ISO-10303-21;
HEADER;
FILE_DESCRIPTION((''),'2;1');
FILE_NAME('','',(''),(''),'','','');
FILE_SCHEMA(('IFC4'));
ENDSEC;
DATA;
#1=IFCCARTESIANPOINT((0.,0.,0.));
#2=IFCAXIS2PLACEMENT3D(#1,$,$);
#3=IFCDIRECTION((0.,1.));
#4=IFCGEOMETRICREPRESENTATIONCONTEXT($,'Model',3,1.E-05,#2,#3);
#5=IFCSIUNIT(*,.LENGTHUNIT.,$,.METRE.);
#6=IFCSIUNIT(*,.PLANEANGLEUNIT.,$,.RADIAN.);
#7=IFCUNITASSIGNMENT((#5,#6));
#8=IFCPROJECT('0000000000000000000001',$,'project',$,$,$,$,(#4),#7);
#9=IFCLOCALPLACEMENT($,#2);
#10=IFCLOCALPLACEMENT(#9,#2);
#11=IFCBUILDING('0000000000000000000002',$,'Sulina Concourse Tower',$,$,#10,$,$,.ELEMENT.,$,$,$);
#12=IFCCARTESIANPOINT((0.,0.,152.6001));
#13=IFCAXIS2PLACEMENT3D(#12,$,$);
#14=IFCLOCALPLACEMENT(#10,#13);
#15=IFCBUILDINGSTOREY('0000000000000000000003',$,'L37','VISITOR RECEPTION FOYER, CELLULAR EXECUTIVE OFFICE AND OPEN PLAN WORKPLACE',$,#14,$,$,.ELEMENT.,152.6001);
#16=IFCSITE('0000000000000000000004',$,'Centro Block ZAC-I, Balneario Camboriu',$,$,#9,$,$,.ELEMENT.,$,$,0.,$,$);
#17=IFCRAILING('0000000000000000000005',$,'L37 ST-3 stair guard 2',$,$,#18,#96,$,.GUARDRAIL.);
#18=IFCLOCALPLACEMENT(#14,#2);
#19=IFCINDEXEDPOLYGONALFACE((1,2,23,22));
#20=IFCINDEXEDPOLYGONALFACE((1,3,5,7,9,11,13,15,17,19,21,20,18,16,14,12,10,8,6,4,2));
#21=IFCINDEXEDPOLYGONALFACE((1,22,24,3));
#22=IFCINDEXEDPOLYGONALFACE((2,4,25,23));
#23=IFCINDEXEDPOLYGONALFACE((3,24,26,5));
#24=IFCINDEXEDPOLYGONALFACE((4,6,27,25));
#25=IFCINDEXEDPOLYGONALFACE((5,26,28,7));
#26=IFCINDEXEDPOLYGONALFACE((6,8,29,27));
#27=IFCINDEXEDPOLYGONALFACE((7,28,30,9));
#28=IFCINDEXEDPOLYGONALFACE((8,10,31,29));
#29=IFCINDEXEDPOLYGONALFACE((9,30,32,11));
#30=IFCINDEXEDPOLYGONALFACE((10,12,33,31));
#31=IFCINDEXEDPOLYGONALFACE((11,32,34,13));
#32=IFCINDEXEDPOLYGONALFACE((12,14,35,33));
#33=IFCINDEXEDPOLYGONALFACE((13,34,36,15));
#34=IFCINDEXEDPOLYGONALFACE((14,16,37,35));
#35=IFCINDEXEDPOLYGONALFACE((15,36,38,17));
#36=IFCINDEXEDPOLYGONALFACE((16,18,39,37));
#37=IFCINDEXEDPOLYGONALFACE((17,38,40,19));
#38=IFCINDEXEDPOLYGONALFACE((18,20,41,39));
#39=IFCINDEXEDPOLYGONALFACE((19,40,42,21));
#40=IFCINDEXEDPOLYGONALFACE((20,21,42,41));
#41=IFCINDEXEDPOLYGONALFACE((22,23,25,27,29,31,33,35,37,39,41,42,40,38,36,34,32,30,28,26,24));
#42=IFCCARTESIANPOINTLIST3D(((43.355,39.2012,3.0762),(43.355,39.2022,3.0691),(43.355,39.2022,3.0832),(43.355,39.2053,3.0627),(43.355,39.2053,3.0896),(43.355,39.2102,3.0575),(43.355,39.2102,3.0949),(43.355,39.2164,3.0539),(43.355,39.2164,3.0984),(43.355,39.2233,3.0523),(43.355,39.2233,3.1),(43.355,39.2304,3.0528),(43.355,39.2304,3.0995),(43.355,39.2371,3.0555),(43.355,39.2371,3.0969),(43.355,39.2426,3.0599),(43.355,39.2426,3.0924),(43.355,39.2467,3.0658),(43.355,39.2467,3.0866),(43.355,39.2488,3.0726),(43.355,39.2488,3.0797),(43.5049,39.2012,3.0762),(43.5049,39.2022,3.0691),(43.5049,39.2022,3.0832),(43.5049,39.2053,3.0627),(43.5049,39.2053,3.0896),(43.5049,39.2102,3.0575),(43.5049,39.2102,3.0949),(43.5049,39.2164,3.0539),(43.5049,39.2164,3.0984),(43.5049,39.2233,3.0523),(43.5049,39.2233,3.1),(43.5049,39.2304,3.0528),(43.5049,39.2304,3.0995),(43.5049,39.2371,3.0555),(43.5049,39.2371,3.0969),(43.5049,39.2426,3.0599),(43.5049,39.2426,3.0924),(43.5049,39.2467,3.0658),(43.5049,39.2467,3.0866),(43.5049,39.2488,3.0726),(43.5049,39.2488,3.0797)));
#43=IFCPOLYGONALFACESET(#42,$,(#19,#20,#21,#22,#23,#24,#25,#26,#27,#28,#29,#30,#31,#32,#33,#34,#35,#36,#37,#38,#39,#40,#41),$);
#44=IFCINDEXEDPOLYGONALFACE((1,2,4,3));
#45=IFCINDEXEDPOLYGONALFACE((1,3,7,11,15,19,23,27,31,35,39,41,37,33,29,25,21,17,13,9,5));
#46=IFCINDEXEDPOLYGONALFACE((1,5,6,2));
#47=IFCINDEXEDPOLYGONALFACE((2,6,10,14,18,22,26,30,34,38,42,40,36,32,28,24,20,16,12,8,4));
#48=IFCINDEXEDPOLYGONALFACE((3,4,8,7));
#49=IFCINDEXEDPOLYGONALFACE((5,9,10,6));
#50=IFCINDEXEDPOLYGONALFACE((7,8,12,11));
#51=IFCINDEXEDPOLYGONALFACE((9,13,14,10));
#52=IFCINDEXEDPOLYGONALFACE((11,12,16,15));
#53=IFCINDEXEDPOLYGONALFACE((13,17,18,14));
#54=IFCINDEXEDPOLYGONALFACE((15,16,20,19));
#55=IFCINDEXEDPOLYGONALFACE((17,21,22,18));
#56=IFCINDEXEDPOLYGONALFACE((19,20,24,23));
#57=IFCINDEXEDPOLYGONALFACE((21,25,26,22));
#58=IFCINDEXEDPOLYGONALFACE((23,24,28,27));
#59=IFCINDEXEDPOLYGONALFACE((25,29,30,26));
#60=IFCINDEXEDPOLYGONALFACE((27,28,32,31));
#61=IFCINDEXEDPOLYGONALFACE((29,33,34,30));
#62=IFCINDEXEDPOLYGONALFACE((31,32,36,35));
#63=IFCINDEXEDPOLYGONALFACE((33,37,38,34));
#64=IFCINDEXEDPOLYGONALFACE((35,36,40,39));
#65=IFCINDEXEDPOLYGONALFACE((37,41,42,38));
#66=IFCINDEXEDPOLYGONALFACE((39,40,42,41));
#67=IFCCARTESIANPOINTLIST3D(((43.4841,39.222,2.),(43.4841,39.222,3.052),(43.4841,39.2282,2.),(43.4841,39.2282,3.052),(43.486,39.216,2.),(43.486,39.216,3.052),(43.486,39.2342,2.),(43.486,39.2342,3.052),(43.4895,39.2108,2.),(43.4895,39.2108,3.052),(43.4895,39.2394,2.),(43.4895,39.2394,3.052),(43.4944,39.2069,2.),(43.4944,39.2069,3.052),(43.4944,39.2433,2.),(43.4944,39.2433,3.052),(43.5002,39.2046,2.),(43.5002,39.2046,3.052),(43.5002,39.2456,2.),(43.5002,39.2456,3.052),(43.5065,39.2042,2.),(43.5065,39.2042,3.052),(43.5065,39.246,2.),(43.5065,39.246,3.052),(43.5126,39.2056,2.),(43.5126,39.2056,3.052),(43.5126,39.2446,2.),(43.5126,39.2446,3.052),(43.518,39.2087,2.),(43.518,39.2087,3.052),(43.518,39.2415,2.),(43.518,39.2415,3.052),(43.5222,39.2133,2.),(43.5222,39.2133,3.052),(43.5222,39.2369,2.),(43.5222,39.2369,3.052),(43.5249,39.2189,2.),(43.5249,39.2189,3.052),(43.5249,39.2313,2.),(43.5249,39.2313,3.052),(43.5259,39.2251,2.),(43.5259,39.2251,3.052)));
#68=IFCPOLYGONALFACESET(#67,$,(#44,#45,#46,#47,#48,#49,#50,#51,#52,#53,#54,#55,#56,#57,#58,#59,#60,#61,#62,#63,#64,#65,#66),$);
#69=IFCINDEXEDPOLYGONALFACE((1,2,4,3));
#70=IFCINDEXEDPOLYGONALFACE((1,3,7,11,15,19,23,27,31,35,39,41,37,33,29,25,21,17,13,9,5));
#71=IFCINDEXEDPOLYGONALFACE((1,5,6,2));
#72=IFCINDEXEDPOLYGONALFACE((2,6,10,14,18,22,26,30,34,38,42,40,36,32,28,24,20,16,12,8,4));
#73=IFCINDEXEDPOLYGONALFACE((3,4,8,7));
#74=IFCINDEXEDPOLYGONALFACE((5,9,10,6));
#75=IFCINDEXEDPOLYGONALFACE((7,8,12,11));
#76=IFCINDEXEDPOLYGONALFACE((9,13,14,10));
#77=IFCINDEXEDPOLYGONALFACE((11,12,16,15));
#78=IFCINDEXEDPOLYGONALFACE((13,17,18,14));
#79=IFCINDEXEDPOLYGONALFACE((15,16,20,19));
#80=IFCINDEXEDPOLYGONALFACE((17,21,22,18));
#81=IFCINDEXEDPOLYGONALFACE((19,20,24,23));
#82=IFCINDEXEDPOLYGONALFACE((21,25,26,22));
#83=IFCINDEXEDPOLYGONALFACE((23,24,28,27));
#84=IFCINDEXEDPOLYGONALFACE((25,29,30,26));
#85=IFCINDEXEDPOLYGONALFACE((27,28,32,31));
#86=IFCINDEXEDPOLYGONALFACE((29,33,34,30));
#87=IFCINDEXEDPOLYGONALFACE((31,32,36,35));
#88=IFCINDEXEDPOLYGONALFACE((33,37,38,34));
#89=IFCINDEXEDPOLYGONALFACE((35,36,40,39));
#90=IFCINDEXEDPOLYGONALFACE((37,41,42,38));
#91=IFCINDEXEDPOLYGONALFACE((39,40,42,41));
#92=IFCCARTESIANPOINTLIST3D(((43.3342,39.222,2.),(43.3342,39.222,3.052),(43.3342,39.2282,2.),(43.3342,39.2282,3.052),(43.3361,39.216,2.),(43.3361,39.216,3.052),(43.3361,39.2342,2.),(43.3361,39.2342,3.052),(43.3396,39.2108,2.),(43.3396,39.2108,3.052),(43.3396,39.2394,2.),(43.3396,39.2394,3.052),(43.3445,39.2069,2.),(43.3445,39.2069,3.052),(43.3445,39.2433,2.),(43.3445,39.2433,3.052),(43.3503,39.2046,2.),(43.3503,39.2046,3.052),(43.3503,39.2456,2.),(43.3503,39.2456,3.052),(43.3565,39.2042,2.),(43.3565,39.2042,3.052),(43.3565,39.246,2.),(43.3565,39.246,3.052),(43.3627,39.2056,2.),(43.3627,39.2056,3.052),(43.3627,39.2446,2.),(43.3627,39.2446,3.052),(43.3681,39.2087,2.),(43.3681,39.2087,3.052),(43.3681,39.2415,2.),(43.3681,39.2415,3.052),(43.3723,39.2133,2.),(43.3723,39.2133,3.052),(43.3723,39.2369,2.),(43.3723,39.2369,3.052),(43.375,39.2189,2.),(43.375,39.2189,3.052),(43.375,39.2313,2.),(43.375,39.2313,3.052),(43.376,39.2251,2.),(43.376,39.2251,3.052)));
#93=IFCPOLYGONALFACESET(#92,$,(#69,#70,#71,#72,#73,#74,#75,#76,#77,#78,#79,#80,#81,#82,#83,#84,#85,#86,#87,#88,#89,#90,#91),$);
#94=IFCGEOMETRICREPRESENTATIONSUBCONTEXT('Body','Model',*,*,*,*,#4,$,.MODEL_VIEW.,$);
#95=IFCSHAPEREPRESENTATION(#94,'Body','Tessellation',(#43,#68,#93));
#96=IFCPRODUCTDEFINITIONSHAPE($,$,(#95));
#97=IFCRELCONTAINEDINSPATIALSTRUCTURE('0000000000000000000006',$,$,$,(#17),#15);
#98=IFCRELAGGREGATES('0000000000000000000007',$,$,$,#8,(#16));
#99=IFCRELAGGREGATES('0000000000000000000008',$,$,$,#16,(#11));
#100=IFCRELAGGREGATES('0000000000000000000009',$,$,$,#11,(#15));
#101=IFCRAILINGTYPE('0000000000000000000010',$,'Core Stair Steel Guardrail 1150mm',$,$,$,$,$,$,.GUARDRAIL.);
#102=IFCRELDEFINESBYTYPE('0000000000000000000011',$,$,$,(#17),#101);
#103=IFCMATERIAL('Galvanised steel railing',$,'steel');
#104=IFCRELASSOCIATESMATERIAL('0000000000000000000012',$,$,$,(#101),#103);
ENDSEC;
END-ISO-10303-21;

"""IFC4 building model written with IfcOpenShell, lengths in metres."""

from ifc_helpers import new_model, si_unit, direction, frame, origin, origin_2d, place, context, subcontext, project, spatial, circle, extrude, material, type_object, element, save


model = new_model("IFC4")

# Units and contexts
model_context = context("Model", 3, precision=1e-05, world=origin(), true_north=direction((0.0, 1.0)))
body_context = subcontext(model_context, "Body", "Model", "MODEL_VIEW")
ifc_project = project(units=[si_unit("LENGTHUNIT", "METRE"), si_unit("PLANEANGLEUNIT", "RADIAN")], contexts=[model_context])

# Site, building, storey
site_placement = place(None, origin())
site = spatial("IfcSite", under=ifc_project, at=site_placement, Name="Centro Block ZAC-I, Balneario Camboriu", CompositionType="ELEMENT", RefElevation=0.0)
building_placement = place(site_placement, origin())
building = spatial("IfcBuilding", under=site, at=building_placement, Name="Sulina Concourse Tower", CompositionType="ELEMENT")
storey_placement = place(building_placement, frame((0.0, 0.0, 152.6001)))
storey = spatial("IfcBuildingStorey", under=building, at=storey_placement, Name="L37", Description="VISITOR RECEPTION FOYER, CELLULAR EXECUTIVE OFFICE AND OPEN PLAN WORKPLACE", CompositionType="ELEMENT", Elevation=152.6001)

# Railing
ifc_material_1 = material(Name="Galvanised steel railing", Category="steel")
railing_type_1 = type_object("IfcRailingType", Name="Core Stair Steel Guardrail 1150mm", PredefinedType="GUARDRAIL", material=ifc_material_1)
railing_1_placement = place(storey_placement, frame((43.5049, 39.2251, 2.0)))
element("IfcRailing", 1, at=railing_1_placement, inside=storey, type_object=railing_type_1, Name="L37 ST-3 stair guard 2", PredefinedType="GUARDRAIL", context=body_context, shape_type="SweptSolid", body=[
    extrude(circle(Radius=0.0239, at=origin_2d()), frame((0.0, 0.0, 1.0762), z_axis=(-1.0, 0.0, 0.0), x_axis=(0.0, -1.0, 0.0)), (0.0, 0.0, 1.0), 0.1499),
    extrude(circle(Radius=0.021, at=origin_2d()), origin(), (0.0, 0.0, 1.0), 1.052),
    extrude(circle(Radius=0.021, at=origin_2d()), frame((-0.1499, 0.0, 0.0)), (0.0, 0.0, 1.0), 1.052),
])

save(model, "model.ifc")
